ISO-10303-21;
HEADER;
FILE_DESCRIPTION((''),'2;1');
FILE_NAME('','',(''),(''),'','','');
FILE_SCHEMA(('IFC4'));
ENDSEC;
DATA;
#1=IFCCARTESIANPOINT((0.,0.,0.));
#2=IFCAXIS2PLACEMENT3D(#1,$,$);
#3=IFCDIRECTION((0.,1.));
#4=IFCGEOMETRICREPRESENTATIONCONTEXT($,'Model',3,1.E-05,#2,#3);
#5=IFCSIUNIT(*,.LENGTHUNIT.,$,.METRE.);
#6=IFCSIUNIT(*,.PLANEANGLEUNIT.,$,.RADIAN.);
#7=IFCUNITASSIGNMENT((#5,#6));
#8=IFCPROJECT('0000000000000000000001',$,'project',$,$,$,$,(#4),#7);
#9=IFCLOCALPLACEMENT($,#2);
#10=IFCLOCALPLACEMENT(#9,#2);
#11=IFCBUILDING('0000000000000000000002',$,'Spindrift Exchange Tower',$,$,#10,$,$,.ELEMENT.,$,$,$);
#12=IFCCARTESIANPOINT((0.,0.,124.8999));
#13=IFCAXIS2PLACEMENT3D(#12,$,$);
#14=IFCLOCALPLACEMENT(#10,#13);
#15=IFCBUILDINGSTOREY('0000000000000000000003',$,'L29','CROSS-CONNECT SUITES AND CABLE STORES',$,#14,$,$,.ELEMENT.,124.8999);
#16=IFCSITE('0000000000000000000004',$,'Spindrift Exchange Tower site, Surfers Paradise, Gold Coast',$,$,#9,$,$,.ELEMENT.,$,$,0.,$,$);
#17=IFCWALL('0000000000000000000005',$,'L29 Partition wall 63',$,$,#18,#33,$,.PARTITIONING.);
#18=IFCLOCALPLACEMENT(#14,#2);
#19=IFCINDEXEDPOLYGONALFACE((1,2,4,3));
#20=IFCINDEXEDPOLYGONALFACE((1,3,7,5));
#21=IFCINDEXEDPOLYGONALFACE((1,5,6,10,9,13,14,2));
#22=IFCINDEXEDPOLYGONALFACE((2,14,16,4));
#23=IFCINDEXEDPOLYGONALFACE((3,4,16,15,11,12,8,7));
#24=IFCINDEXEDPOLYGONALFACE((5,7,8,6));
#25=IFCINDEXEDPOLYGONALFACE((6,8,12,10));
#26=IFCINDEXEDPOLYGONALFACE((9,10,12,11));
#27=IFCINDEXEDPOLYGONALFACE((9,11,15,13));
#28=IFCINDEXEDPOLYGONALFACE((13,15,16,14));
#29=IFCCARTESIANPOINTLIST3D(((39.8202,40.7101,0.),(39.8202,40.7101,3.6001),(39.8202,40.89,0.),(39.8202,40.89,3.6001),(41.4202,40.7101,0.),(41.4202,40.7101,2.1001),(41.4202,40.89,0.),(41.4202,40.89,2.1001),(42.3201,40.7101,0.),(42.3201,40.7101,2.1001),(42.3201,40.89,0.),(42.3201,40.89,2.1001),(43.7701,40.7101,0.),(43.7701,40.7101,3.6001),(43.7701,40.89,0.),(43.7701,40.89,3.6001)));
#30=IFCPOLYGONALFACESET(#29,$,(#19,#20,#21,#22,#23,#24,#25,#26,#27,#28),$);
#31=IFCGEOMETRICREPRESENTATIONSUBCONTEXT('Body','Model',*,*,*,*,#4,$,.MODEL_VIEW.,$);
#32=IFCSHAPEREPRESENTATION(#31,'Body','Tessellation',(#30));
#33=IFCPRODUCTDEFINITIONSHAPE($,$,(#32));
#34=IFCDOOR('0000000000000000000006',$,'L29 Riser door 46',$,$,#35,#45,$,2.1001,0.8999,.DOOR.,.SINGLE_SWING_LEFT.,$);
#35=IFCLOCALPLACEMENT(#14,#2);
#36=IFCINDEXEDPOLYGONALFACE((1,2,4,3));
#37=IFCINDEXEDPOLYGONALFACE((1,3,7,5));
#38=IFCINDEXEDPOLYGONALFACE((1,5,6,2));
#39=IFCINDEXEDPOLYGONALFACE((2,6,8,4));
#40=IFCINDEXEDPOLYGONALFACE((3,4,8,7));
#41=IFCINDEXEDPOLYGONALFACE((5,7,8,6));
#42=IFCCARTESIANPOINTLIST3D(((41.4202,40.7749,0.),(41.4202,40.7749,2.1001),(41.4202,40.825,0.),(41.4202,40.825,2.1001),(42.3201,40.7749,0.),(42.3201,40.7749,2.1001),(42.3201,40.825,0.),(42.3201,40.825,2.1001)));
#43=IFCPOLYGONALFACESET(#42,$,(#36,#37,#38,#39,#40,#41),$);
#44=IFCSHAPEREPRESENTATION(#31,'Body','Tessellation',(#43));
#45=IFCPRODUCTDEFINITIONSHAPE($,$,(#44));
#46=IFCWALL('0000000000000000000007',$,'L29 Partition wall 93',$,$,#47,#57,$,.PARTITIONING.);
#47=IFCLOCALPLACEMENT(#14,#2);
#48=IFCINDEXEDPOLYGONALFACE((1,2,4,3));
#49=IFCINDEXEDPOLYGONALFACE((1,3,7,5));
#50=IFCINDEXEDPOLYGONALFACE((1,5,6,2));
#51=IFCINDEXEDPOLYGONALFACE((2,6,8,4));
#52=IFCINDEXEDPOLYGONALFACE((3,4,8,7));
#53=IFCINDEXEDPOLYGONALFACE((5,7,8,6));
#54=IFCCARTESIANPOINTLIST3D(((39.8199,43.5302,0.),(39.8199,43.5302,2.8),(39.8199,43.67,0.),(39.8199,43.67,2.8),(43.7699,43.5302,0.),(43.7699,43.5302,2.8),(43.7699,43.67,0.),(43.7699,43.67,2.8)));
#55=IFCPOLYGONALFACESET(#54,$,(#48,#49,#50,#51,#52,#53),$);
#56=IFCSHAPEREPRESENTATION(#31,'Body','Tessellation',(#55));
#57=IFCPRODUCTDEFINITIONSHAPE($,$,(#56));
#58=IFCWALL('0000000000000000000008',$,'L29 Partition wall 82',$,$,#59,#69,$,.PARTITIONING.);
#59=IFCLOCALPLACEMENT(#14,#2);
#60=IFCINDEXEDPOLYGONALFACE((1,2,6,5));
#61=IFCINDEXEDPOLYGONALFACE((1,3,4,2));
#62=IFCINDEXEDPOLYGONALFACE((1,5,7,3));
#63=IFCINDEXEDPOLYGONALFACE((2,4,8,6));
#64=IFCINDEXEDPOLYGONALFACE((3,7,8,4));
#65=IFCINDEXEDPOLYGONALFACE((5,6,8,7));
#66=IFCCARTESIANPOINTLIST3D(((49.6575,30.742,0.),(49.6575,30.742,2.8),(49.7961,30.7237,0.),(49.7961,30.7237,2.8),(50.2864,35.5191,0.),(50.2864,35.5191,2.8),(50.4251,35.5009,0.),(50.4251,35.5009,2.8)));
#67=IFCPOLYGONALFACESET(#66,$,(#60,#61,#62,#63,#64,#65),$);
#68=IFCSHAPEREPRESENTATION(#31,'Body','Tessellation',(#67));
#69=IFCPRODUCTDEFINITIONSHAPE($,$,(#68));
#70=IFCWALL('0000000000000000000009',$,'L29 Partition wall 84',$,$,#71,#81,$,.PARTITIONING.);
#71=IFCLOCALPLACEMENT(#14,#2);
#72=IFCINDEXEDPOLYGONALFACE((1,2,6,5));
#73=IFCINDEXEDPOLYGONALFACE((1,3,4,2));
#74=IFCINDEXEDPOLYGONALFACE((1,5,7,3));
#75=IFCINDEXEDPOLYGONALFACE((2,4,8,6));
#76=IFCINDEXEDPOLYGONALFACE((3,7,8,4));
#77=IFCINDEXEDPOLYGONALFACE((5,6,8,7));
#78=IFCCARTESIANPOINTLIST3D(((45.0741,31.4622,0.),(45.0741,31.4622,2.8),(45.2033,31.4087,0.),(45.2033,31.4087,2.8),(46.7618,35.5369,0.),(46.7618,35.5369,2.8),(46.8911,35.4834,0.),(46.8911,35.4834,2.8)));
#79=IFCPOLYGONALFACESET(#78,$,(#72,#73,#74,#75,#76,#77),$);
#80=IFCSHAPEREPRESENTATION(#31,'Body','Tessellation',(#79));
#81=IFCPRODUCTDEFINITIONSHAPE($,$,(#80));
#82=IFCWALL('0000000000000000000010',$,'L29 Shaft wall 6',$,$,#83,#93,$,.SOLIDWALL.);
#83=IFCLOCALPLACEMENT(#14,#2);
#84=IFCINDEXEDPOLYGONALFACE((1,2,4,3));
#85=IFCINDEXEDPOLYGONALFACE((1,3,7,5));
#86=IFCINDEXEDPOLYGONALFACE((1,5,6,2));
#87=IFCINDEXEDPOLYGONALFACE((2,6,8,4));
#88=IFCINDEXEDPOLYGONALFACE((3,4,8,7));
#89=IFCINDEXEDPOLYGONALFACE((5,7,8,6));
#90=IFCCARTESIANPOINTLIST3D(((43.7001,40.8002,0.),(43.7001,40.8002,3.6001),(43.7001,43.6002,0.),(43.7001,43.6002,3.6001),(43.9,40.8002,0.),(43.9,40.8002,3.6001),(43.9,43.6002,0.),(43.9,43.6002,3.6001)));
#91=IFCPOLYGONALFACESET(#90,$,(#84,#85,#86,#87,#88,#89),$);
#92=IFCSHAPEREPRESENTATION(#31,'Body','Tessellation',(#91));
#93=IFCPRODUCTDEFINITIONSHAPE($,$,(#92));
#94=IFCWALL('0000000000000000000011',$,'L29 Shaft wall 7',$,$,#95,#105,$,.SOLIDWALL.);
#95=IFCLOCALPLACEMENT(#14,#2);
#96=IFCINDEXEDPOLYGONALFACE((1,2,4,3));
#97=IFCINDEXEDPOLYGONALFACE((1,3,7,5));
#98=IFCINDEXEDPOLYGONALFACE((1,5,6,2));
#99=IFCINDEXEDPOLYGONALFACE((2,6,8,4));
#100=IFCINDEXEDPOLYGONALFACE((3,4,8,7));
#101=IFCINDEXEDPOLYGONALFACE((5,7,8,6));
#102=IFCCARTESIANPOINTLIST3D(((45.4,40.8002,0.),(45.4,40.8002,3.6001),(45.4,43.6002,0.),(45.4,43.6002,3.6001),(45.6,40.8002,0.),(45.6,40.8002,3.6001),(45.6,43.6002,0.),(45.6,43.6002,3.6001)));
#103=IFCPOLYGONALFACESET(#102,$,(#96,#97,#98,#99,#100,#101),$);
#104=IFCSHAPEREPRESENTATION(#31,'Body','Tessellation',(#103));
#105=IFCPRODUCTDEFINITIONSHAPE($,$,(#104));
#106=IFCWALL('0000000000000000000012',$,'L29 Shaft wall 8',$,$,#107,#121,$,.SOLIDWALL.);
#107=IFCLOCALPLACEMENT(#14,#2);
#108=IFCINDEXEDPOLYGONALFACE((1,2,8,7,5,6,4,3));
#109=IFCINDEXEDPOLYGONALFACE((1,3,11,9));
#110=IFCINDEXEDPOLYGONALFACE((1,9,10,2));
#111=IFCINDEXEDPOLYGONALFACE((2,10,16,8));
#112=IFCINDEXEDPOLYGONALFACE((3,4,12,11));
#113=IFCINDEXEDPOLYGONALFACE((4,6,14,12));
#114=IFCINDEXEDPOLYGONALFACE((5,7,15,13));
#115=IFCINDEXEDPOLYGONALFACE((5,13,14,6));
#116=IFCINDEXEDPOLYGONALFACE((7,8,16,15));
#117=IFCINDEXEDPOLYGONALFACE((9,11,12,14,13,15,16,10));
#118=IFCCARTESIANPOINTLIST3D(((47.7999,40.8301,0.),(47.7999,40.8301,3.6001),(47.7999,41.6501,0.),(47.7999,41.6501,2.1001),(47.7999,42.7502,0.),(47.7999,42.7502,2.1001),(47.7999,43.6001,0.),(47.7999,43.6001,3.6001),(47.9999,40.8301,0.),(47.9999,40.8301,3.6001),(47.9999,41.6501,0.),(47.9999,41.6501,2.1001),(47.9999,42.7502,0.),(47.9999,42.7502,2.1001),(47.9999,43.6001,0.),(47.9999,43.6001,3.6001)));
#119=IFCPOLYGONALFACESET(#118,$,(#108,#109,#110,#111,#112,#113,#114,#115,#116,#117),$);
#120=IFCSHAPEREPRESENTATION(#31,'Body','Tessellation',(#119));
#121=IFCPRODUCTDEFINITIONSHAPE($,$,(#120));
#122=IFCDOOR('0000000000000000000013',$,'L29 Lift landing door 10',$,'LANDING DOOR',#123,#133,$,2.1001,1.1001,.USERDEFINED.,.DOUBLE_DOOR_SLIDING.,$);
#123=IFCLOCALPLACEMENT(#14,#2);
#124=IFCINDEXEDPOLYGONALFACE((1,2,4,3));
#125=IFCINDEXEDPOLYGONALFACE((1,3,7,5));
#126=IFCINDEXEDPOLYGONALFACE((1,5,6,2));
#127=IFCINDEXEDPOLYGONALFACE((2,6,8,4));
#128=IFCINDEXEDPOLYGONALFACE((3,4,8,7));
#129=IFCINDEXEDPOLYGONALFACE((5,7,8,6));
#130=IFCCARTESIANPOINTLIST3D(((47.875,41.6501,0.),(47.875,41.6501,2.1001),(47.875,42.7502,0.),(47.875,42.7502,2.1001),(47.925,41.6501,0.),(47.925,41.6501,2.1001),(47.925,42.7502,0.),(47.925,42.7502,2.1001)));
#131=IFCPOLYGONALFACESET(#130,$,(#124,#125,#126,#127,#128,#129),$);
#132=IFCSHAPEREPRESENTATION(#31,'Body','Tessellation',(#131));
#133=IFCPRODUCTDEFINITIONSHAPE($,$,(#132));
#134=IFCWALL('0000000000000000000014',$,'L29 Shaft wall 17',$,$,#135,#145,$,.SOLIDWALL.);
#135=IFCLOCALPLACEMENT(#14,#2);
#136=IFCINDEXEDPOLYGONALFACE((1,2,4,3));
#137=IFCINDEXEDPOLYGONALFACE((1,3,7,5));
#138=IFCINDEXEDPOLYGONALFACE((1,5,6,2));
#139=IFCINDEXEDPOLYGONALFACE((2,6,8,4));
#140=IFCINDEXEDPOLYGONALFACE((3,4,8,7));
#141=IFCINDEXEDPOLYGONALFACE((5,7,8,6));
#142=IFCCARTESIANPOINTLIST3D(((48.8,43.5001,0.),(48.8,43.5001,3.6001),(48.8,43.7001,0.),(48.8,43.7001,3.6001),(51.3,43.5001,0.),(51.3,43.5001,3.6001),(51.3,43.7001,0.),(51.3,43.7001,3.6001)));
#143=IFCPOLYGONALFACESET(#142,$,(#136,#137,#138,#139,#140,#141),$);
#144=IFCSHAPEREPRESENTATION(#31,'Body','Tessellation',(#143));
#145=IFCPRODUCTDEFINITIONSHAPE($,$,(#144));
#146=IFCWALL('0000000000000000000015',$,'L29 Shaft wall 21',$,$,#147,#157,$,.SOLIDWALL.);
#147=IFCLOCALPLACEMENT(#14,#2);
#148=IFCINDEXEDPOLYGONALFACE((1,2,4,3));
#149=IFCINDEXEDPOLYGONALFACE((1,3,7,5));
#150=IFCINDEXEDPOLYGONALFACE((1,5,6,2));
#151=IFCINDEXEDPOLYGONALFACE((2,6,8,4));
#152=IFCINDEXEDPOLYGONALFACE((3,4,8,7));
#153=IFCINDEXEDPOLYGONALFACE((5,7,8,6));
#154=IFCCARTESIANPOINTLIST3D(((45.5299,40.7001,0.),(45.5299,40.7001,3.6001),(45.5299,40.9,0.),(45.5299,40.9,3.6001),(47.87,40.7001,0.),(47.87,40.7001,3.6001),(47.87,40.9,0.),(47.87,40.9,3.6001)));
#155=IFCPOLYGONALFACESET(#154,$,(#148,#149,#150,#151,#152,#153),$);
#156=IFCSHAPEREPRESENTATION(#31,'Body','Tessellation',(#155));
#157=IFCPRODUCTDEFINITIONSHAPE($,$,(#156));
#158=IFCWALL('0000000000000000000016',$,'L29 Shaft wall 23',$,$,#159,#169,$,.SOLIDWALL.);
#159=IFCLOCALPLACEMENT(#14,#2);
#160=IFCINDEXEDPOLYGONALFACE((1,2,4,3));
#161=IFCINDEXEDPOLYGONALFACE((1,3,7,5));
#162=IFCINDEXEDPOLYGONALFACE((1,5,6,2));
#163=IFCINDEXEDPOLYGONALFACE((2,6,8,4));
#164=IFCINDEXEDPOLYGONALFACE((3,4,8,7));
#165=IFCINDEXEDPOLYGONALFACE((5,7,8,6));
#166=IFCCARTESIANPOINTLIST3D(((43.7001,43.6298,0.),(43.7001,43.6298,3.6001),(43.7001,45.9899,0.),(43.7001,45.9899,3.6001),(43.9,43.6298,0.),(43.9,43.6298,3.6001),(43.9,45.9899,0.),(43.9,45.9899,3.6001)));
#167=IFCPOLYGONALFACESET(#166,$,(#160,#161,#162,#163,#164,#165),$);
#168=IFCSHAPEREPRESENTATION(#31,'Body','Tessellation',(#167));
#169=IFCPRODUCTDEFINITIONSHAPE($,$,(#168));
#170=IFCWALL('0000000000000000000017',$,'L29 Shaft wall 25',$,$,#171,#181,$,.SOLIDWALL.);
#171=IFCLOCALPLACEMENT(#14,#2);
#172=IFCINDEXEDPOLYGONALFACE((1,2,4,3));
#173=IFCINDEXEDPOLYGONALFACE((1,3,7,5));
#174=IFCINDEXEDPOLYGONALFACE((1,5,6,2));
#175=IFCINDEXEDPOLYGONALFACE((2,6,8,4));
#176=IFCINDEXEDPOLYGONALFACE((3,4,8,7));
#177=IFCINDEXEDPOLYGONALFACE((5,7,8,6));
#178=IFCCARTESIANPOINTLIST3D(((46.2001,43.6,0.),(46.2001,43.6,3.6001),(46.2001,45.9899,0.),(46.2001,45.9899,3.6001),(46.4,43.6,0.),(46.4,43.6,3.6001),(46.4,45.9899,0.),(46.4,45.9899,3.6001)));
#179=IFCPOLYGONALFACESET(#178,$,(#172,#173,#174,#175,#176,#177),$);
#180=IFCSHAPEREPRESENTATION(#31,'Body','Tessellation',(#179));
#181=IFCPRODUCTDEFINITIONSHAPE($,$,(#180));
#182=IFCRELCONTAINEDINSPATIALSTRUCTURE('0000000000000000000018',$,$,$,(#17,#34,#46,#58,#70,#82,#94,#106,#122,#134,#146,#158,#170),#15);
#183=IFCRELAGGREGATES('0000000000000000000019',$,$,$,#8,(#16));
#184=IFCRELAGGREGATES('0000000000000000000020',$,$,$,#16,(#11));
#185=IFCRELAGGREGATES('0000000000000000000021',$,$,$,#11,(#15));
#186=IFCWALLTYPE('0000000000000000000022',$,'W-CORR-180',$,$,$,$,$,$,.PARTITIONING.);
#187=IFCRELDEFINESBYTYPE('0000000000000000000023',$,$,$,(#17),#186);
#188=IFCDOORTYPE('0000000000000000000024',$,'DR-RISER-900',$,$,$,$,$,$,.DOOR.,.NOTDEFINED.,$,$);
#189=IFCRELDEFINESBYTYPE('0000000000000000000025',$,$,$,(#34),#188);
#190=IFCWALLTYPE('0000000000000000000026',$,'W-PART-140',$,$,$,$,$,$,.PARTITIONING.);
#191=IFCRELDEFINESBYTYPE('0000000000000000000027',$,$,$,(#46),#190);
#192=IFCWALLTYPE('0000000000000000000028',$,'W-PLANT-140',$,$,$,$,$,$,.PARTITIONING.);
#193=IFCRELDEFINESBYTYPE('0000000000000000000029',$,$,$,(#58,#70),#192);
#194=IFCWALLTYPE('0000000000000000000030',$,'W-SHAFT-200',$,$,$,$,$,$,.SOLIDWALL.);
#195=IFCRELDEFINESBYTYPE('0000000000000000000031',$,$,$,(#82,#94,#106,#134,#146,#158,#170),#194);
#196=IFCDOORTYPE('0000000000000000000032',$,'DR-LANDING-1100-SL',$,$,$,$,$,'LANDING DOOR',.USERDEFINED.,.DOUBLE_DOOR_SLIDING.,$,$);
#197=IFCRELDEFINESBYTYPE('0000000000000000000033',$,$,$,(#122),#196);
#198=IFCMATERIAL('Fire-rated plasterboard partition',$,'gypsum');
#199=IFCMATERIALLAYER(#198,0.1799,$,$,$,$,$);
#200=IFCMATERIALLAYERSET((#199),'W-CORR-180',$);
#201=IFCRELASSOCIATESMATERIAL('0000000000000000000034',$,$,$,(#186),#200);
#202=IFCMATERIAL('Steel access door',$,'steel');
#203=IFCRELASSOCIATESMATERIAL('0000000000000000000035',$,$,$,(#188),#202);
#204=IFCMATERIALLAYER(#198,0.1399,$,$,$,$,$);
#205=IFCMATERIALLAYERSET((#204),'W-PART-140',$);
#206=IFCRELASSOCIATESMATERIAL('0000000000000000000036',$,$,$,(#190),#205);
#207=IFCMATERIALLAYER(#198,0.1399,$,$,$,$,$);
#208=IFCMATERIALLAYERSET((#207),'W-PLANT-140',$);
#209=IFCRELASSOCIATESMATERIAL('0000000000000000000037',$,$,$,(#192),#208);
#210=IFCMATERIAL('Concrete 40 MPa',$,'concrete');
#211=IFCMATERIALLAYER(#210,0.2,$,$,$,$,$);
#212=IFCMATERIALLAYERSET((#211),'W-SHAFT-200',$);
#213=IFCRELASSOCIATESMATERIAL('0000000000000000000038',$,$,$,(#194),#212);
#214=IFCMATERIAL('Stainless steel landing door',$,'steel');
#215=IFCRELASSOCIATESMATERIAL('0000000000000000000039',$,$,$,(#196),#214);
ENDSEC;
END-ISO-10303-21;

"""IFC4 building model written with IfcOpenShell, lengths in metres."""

from ifc_helpers import new_model, si_unit, direction, frame, frame_2d, origin, place, context, subcontext, project, spatial, rectangle, extrude, source, transform, mapped, material, layer, layer_set, type_object, element, fill, save


model = new_model("IFC4")

# Units and contexts
model_context = context("Model", 3, precision=1e-05, world=origin(), true_north=direction((0.0, 1.0)))
body_context = subcontext(model_context, "Body", "Model", "MODEL_VIEW")
ifc_project = project(units=[si_unit("LENGTHUNIT", "METRE"), si_unit("PLANEANGLEUNIT", "RADIAN")], contexts=[model_context])

# Site, building, storey
site_placement = place(None, origin())
site = spatial("IfcSite", under=ifc_project, at=site_placement, Name="Spindrift Exchange Tower site, Surfers Paradise, Gold Coast", CompositionType="ELEMENT", RefElevation=0.0)
building_placement = place(site_placement, origin())
building = spatial("IfcBuilding", under=site, at=building_placement, Name="Spindrift Exchange Tower", CompositionType="ELEMENT")
storey_placement = place(building_placement, frame((0.0, 0.0, 124.8999)))
storey = spatial("IfcBuildingStorey", under=building, at=storey_placement, Name="L29", Description="CROSS-CONNECT SUITES AND CABLE STORES", CompositionType="ELEMENT", Elevation=124.8999)

# Wall, opening, door
ifc_material_1 = material(Name="Fire-rated plasterboard partition", Category="gypsum")
ifc_layer_1 = layer(ifc_material_1, 0.1799)
ifc_layer_set_1 = layer_set([ifc_layer_1], Name="W-CORR-180")
wall_type_1 = type_object("IfcWallType", Name="W-CORR-180", PredefinedType="PARTITIONING", material=ifc_layer_set_1)
wall_1_placement = place(storey_placement, frame((39.8201, 40.8, 0.0), z_axis=(0.0, 0.0, 1.0), x_axis=(1.0, 0.0, 0.0)))
wall_1 = element("IfcWall", 1, at=wall_1_placement, inside=storey, type_object=wall_type_1, Name="L29 Partition wall 63", PredefinedType="PARTITIONING", context=body_context, shape_type="SweptSolid", body=[
    extrude(rectangle(XDim=3.95, YDim=0.1799, at=frame_2d((1.9751, 0.0))), origin(), (0.0, 0.0, 1.0), 3.6001),
])
opening_1_placement = place(wall_1_placement, frame((1.6001, 0.0, 0.0)))
opening_1 = element("IfcOpeningElement", 2, at=opening_1_placement, cuts=wall_1, PredefinedType="OPENING", context=body_context, shape_type="SweptSolid", body=[
    extrude(rectangle(XDim=0.8999, YDim=2.1001, at=frame_2d((0.45, 1.05))), frame((0.0, 0.0999, 0.0), z_axis=(0.0, -1.0, 0.0), x_axis=(1.0, 0.0, 0.0)), (0.0, 0.0, 1.0), 0.2),
])
ifc_material_2 = material(Name="Steel access door", Category="steel")
door_type_1 = type_object("IfcDoorType", Name="DR-RISER-900", OperationType="NOTDEFINED", PredefinedType="DOOR", material=ifc_material_2)
shared_shape_1 = source(origin(), body_context, "Body", "SweptSolid", [
    extrude(rectangle(XDim=0.8999, YDim=2.1001, at=frame_2d((0.45, 1.05))), frame((0.0, 0.0249, 0.0), z_axis=(0.0, -1.0, 0.0), x_axis=(1.0, 0.0, 0.0)), (0.0, 0.0, 1.0), 0.05),
])
door_1_placement = place(opening_1_placement, origin())
door_1 = element("IfcDoor", 3, at=door_1_placement, inside=storey, type_object=door_type_1, Name="L29 Riser door 46", OperationType="SINGLE_SWING_LEFT", OverallHeight=2.1001, OverallWidth=0.8999, PredefinedType="DOOR", context=body_context, shape_type="MappedRepresentation", body=[
    mapped(shared_shape_1, transform((0.0, 0.0, 0.0), scale=1.0)),
])
fill(opening_1, door_1)

# Walls
ifc_layer_2 = layer(ifc_material_1, 0.1399)
ifc_layer_set_2 = layer_set([ifc_layer_2], Name="W-PART-140")
wall_type_2 = type_object("IfcWallType", Name="W-PART-140", PredefinedType="PARTITIONING", material=ifc_layer_set_2)
wall_2_placement = place(storey_placement, frame((43.77, 43.6001, 0.0), z_axis=(0.0, 0.0, 1.0), x_axis=(-1.0, 0.0, 0.0)))
element("IfcWall", 4, at=wall_2_placement, inside=storey, type_object=wall_type_2, Name="L29 Partition wall 93", PredefinedType="PARTITIONING", context=body_context, shape_type="SweptSolid", body=[
    extrude(rectangle(XDim=3.95, YDim=0.1399, at=frame_2d((1.9751, 0.0))), origin(), (0.0, 0.0, 1.0), 2.8),
])
ifc_layer_3 = layer(ifc_material_1, 0.1399)
ifc_layer_set_3 = layer_set([ifc_layer_3], Name="W-PLANT-140")
wall_type_3 = type_object("IfcWallType", Name="W-PLANT-140", PredefinedType="PARTITIONING", material=ifc_layer_set_3)
wall_3_placement = place(storey_placement, frame((50.3557, 35.51, 0.0), z_axis=(0.0, 0.0, 1.0), x_axis=(-0.130524, -0.991445, 0.0)))
element("IfcWall", 5, at=wall_3_placement, inside=storey, type_object=wall_type_3, Name="L29 Partition wall 82", PredefinedType="PARTITIONING", context=body_context, shape_type="SweptSolid", body=[
    extrude(rectangle(XDim=4.8184, YDim=0.1399, at=frame_2d((2.4092, 0.0))), origin(), (0.0, 0.0, 1.0), 2.8),
])
wall_4_placement = place(storey_placement, frame((46.8264, 35.51, 0.0), z_axis=(0.0, 0.0, 1.0), x_axis=(-0.382673, -0.923884, 0.0)))
element("IfcWall", 6, at=wall_4_placement, inside=storey, type_object=wall_type_3, Name="L29 Partition wall 84", PredefinedType="PARTITIONING", context=body_context, shape_type="SweptSolid", body=[
    extrude(rectangle(XDim=4.4104, YDim=0.1399, at=frame_2d((2.2051, 0.0))), origin(), (0.0, 0.0, 1.0), 2.8),
])
ifc_material_3 = material(Name="Concrete 40 MPa", Category="concrete")
ifc_layer_4 = layer(ifc_material_3, 0.2)
ifc_layer_set_4 = layer_set([ifc_layer_4], Name="W-SHAFT-200")
wall_type_4 = type_object("IfcWallType", Name="W-SHAFT-200", PredefinedType="SOLIDWALL", material=ifc_layer_set_4)
for number, where, z_axis, x_axis, name in (
    (7, (43.8, 43.6001, 0.0), (0.0, 0.0, 1.0), (0.0, -1.0, 0.0), "L29 Shaft wall 6"),
    (8, (45.5, 43.6001, 0.0), (0.0, 0.0, 1.0), (0.0, -1.0, 0.0), "L29 Shaft wall 7"),
):
    element("IfcWall", number, at=place(storey_placement, frame(where, z_axis=z_axis, x_axis=x_axis)), inside=storey, type_object=wall_type_4, Name=name, PredefinedType="SOLIDWALL", context=body_context, shape_type="SweptSolid", body=[
        extrude(rectangle(XDim=2.8, YDim=0.2, at=frame_2d((1.3999, 0.0))), origin(), (0.0, 0.0, 1.0), 3.6001),
    ])

# Wall, opening, door
wall_5_placement = place(storey_placement, frame((47.8999, 40.8301, 0.0), z_axis=(0.0, 0.0, 1.0), x_axis=(0.0, 1.0, 0.0)))
wall_5 = element("IfcWall", 9, at=wall_5_placement, inside=storey, type_object=wall_type_4, Name="L29 Shaft wall 8", PredefinedType="SOLIDWALL", context=body_context, shape_type="SweptSolid", body=[
    extrude(rectangle(XDim=2.77, YDim=0.2, at=frame_2d((1.385, 0.0))), origin(), (0.0, 0.0, 1.0), 3.6001),
])
opening_2_placement = place(wall_5_placement, frame((0.8201, 0.0, 0.0)))
opening_2 = element("IfcOpeningElement", 10, at=opening_2_placement, cuts=wall_5, PredefinedType="OPENING", context=body_context, shape_type="SweptSolid", body=[
    extrude(rectangle(XDim=1.1001, YDim=2.1001, at=frame_2d((0.55, 1.05))), frame((0.0, 0.1099, 0.0), z_axis=(0.0, -1.0, 0.0), x_axis=(1.0, 0.0, 0.0)), (0.0, 0.0, 1.0), 0.22),
])
ifc_material_4 = material(Name="Stainless steel landing door", Category="steel")
door_type_2 = type_object("IfcDoorType", Name="DR-LANDING-1100-SL", ElementType="LANDING DOOR", OperationType="DOUBLE_DOOR_SLIDING", PredefinedType="USERDEFINED", material=ifc_material_4)
shared_shape_2 = source(origin(), body_context, "Body", "SweptSolid", [
    extrude(rectangle(XDim=1.1001, YDim=2.1001, at=frame_2d((0.55, 1.05))), frame((0.0, 0.0249, 0.0), z_axis=(0.0, -1.0, 0.0), x_axis=(1.0, 0.0, 0.0)), (0.0, 0.0, 1.0), 0.05),
])
door_2_placement = place(opening_2_placement, origin())
door_2 = element("IfcDoor", 11, at=door_2_placement, inside=storey, type_object=door_type_2, Name="L29 Lift landing door 10", ObjectType="LANDING DOOR", OperationType="DOUBLE_DOOR_SLIDING", OverallHeight=2.1001, OverallWidth=1.1001, PredefinedType="USERDEFINED", context=body_context, shape_type="MappedRepresentation", body=[
    mapped(shared_shape_2, transform((0.0, 0.0, 0.0), scale=1.0)),
])
fill(opening_2, door_2)

# Walls
wall_6_placement = place(storey_placement, frame((48.8, 43.6001, 0.0), z_axis=(0.0, 0.0, 1.0), x_axis=(1.0, 0.0, 0.0)))
element("IfcWall", 12, at=wall_6_placement, inside=storey, type_object=wall_type_4, Name="L29 Shaft wall 17", PredefinedType="SOLIDWALL", context=body_context, shape_type="SweptSolid", body=[
    extrude(rectangle(XDim=2.5, YDim=0.2, at=frame_2d((1.25, 0.0))), origin(), (0.0, 0.0, 1.0), 3.6001),
])
wall_7_placement = place(storey_placement, frame((45.53, 40.8, 0.0), z_axis=(0.0, 0.0, 1.0), x_axis=(1.0, 0.0, 0.0)))
element("IfcWall", 13, at=wall_7_placement, inside=storey, type_object=wall_type_4, Name="L29 Shaft wall 21", PredefinedType="SOLIDWALL", context=body_context, shape_type="SweptSolid", body=[
    extrude(rectangle(XDim=2.3401, YDim=0.2, at=frame_2d((1.1699, 0.0))), origin(), (0.0, 0.0, 1.0), 3.6001),
])
wall_8_placement = place(storey_placement, frame((43.8, 45.99, 0.0), z_axis=(0.0, 0.0, 1.0), x_axis=(0.0, -1.0, 0.0)))
element("IfcWall", 14, at=wall_8_placement, inside=storey, type_object=wall_type_4, Name="L29 Shaft wall 23", PredefinedType="SOLIDWALL", context=body_context, shape_type="SweptSolid", body=[
    extrude(rectangle(XDim=2.3601, YDim=0.2, at=frame_2d((1.1802, 0.0))), origin(), (0.0, 0.0, 1.0), 3.6001),
])
wall_9_placement = place(storey_placement, frame((46.3, 43.6001, 0.0), z_axis=(0.0, 0.0, 1.0), x_axis=(0.0, 1.0, 0.0)))
element("IfcWall", 15, at=wall_9_placement, inside=storey, type_object=wall_type_4, Name="L29 Shaft wall 25", PredefinedType="SOLIDWALL", context=body_context, shape_type="SweptSolid", body=[
    extrude(rectangle(XDim=2.3899, YDim=0.2, at=frame_2d((1.1948, 0.0))), origin(), (0.0, 0.0, 1.0), 3.6001),
])

save(model, "model.ifc")
